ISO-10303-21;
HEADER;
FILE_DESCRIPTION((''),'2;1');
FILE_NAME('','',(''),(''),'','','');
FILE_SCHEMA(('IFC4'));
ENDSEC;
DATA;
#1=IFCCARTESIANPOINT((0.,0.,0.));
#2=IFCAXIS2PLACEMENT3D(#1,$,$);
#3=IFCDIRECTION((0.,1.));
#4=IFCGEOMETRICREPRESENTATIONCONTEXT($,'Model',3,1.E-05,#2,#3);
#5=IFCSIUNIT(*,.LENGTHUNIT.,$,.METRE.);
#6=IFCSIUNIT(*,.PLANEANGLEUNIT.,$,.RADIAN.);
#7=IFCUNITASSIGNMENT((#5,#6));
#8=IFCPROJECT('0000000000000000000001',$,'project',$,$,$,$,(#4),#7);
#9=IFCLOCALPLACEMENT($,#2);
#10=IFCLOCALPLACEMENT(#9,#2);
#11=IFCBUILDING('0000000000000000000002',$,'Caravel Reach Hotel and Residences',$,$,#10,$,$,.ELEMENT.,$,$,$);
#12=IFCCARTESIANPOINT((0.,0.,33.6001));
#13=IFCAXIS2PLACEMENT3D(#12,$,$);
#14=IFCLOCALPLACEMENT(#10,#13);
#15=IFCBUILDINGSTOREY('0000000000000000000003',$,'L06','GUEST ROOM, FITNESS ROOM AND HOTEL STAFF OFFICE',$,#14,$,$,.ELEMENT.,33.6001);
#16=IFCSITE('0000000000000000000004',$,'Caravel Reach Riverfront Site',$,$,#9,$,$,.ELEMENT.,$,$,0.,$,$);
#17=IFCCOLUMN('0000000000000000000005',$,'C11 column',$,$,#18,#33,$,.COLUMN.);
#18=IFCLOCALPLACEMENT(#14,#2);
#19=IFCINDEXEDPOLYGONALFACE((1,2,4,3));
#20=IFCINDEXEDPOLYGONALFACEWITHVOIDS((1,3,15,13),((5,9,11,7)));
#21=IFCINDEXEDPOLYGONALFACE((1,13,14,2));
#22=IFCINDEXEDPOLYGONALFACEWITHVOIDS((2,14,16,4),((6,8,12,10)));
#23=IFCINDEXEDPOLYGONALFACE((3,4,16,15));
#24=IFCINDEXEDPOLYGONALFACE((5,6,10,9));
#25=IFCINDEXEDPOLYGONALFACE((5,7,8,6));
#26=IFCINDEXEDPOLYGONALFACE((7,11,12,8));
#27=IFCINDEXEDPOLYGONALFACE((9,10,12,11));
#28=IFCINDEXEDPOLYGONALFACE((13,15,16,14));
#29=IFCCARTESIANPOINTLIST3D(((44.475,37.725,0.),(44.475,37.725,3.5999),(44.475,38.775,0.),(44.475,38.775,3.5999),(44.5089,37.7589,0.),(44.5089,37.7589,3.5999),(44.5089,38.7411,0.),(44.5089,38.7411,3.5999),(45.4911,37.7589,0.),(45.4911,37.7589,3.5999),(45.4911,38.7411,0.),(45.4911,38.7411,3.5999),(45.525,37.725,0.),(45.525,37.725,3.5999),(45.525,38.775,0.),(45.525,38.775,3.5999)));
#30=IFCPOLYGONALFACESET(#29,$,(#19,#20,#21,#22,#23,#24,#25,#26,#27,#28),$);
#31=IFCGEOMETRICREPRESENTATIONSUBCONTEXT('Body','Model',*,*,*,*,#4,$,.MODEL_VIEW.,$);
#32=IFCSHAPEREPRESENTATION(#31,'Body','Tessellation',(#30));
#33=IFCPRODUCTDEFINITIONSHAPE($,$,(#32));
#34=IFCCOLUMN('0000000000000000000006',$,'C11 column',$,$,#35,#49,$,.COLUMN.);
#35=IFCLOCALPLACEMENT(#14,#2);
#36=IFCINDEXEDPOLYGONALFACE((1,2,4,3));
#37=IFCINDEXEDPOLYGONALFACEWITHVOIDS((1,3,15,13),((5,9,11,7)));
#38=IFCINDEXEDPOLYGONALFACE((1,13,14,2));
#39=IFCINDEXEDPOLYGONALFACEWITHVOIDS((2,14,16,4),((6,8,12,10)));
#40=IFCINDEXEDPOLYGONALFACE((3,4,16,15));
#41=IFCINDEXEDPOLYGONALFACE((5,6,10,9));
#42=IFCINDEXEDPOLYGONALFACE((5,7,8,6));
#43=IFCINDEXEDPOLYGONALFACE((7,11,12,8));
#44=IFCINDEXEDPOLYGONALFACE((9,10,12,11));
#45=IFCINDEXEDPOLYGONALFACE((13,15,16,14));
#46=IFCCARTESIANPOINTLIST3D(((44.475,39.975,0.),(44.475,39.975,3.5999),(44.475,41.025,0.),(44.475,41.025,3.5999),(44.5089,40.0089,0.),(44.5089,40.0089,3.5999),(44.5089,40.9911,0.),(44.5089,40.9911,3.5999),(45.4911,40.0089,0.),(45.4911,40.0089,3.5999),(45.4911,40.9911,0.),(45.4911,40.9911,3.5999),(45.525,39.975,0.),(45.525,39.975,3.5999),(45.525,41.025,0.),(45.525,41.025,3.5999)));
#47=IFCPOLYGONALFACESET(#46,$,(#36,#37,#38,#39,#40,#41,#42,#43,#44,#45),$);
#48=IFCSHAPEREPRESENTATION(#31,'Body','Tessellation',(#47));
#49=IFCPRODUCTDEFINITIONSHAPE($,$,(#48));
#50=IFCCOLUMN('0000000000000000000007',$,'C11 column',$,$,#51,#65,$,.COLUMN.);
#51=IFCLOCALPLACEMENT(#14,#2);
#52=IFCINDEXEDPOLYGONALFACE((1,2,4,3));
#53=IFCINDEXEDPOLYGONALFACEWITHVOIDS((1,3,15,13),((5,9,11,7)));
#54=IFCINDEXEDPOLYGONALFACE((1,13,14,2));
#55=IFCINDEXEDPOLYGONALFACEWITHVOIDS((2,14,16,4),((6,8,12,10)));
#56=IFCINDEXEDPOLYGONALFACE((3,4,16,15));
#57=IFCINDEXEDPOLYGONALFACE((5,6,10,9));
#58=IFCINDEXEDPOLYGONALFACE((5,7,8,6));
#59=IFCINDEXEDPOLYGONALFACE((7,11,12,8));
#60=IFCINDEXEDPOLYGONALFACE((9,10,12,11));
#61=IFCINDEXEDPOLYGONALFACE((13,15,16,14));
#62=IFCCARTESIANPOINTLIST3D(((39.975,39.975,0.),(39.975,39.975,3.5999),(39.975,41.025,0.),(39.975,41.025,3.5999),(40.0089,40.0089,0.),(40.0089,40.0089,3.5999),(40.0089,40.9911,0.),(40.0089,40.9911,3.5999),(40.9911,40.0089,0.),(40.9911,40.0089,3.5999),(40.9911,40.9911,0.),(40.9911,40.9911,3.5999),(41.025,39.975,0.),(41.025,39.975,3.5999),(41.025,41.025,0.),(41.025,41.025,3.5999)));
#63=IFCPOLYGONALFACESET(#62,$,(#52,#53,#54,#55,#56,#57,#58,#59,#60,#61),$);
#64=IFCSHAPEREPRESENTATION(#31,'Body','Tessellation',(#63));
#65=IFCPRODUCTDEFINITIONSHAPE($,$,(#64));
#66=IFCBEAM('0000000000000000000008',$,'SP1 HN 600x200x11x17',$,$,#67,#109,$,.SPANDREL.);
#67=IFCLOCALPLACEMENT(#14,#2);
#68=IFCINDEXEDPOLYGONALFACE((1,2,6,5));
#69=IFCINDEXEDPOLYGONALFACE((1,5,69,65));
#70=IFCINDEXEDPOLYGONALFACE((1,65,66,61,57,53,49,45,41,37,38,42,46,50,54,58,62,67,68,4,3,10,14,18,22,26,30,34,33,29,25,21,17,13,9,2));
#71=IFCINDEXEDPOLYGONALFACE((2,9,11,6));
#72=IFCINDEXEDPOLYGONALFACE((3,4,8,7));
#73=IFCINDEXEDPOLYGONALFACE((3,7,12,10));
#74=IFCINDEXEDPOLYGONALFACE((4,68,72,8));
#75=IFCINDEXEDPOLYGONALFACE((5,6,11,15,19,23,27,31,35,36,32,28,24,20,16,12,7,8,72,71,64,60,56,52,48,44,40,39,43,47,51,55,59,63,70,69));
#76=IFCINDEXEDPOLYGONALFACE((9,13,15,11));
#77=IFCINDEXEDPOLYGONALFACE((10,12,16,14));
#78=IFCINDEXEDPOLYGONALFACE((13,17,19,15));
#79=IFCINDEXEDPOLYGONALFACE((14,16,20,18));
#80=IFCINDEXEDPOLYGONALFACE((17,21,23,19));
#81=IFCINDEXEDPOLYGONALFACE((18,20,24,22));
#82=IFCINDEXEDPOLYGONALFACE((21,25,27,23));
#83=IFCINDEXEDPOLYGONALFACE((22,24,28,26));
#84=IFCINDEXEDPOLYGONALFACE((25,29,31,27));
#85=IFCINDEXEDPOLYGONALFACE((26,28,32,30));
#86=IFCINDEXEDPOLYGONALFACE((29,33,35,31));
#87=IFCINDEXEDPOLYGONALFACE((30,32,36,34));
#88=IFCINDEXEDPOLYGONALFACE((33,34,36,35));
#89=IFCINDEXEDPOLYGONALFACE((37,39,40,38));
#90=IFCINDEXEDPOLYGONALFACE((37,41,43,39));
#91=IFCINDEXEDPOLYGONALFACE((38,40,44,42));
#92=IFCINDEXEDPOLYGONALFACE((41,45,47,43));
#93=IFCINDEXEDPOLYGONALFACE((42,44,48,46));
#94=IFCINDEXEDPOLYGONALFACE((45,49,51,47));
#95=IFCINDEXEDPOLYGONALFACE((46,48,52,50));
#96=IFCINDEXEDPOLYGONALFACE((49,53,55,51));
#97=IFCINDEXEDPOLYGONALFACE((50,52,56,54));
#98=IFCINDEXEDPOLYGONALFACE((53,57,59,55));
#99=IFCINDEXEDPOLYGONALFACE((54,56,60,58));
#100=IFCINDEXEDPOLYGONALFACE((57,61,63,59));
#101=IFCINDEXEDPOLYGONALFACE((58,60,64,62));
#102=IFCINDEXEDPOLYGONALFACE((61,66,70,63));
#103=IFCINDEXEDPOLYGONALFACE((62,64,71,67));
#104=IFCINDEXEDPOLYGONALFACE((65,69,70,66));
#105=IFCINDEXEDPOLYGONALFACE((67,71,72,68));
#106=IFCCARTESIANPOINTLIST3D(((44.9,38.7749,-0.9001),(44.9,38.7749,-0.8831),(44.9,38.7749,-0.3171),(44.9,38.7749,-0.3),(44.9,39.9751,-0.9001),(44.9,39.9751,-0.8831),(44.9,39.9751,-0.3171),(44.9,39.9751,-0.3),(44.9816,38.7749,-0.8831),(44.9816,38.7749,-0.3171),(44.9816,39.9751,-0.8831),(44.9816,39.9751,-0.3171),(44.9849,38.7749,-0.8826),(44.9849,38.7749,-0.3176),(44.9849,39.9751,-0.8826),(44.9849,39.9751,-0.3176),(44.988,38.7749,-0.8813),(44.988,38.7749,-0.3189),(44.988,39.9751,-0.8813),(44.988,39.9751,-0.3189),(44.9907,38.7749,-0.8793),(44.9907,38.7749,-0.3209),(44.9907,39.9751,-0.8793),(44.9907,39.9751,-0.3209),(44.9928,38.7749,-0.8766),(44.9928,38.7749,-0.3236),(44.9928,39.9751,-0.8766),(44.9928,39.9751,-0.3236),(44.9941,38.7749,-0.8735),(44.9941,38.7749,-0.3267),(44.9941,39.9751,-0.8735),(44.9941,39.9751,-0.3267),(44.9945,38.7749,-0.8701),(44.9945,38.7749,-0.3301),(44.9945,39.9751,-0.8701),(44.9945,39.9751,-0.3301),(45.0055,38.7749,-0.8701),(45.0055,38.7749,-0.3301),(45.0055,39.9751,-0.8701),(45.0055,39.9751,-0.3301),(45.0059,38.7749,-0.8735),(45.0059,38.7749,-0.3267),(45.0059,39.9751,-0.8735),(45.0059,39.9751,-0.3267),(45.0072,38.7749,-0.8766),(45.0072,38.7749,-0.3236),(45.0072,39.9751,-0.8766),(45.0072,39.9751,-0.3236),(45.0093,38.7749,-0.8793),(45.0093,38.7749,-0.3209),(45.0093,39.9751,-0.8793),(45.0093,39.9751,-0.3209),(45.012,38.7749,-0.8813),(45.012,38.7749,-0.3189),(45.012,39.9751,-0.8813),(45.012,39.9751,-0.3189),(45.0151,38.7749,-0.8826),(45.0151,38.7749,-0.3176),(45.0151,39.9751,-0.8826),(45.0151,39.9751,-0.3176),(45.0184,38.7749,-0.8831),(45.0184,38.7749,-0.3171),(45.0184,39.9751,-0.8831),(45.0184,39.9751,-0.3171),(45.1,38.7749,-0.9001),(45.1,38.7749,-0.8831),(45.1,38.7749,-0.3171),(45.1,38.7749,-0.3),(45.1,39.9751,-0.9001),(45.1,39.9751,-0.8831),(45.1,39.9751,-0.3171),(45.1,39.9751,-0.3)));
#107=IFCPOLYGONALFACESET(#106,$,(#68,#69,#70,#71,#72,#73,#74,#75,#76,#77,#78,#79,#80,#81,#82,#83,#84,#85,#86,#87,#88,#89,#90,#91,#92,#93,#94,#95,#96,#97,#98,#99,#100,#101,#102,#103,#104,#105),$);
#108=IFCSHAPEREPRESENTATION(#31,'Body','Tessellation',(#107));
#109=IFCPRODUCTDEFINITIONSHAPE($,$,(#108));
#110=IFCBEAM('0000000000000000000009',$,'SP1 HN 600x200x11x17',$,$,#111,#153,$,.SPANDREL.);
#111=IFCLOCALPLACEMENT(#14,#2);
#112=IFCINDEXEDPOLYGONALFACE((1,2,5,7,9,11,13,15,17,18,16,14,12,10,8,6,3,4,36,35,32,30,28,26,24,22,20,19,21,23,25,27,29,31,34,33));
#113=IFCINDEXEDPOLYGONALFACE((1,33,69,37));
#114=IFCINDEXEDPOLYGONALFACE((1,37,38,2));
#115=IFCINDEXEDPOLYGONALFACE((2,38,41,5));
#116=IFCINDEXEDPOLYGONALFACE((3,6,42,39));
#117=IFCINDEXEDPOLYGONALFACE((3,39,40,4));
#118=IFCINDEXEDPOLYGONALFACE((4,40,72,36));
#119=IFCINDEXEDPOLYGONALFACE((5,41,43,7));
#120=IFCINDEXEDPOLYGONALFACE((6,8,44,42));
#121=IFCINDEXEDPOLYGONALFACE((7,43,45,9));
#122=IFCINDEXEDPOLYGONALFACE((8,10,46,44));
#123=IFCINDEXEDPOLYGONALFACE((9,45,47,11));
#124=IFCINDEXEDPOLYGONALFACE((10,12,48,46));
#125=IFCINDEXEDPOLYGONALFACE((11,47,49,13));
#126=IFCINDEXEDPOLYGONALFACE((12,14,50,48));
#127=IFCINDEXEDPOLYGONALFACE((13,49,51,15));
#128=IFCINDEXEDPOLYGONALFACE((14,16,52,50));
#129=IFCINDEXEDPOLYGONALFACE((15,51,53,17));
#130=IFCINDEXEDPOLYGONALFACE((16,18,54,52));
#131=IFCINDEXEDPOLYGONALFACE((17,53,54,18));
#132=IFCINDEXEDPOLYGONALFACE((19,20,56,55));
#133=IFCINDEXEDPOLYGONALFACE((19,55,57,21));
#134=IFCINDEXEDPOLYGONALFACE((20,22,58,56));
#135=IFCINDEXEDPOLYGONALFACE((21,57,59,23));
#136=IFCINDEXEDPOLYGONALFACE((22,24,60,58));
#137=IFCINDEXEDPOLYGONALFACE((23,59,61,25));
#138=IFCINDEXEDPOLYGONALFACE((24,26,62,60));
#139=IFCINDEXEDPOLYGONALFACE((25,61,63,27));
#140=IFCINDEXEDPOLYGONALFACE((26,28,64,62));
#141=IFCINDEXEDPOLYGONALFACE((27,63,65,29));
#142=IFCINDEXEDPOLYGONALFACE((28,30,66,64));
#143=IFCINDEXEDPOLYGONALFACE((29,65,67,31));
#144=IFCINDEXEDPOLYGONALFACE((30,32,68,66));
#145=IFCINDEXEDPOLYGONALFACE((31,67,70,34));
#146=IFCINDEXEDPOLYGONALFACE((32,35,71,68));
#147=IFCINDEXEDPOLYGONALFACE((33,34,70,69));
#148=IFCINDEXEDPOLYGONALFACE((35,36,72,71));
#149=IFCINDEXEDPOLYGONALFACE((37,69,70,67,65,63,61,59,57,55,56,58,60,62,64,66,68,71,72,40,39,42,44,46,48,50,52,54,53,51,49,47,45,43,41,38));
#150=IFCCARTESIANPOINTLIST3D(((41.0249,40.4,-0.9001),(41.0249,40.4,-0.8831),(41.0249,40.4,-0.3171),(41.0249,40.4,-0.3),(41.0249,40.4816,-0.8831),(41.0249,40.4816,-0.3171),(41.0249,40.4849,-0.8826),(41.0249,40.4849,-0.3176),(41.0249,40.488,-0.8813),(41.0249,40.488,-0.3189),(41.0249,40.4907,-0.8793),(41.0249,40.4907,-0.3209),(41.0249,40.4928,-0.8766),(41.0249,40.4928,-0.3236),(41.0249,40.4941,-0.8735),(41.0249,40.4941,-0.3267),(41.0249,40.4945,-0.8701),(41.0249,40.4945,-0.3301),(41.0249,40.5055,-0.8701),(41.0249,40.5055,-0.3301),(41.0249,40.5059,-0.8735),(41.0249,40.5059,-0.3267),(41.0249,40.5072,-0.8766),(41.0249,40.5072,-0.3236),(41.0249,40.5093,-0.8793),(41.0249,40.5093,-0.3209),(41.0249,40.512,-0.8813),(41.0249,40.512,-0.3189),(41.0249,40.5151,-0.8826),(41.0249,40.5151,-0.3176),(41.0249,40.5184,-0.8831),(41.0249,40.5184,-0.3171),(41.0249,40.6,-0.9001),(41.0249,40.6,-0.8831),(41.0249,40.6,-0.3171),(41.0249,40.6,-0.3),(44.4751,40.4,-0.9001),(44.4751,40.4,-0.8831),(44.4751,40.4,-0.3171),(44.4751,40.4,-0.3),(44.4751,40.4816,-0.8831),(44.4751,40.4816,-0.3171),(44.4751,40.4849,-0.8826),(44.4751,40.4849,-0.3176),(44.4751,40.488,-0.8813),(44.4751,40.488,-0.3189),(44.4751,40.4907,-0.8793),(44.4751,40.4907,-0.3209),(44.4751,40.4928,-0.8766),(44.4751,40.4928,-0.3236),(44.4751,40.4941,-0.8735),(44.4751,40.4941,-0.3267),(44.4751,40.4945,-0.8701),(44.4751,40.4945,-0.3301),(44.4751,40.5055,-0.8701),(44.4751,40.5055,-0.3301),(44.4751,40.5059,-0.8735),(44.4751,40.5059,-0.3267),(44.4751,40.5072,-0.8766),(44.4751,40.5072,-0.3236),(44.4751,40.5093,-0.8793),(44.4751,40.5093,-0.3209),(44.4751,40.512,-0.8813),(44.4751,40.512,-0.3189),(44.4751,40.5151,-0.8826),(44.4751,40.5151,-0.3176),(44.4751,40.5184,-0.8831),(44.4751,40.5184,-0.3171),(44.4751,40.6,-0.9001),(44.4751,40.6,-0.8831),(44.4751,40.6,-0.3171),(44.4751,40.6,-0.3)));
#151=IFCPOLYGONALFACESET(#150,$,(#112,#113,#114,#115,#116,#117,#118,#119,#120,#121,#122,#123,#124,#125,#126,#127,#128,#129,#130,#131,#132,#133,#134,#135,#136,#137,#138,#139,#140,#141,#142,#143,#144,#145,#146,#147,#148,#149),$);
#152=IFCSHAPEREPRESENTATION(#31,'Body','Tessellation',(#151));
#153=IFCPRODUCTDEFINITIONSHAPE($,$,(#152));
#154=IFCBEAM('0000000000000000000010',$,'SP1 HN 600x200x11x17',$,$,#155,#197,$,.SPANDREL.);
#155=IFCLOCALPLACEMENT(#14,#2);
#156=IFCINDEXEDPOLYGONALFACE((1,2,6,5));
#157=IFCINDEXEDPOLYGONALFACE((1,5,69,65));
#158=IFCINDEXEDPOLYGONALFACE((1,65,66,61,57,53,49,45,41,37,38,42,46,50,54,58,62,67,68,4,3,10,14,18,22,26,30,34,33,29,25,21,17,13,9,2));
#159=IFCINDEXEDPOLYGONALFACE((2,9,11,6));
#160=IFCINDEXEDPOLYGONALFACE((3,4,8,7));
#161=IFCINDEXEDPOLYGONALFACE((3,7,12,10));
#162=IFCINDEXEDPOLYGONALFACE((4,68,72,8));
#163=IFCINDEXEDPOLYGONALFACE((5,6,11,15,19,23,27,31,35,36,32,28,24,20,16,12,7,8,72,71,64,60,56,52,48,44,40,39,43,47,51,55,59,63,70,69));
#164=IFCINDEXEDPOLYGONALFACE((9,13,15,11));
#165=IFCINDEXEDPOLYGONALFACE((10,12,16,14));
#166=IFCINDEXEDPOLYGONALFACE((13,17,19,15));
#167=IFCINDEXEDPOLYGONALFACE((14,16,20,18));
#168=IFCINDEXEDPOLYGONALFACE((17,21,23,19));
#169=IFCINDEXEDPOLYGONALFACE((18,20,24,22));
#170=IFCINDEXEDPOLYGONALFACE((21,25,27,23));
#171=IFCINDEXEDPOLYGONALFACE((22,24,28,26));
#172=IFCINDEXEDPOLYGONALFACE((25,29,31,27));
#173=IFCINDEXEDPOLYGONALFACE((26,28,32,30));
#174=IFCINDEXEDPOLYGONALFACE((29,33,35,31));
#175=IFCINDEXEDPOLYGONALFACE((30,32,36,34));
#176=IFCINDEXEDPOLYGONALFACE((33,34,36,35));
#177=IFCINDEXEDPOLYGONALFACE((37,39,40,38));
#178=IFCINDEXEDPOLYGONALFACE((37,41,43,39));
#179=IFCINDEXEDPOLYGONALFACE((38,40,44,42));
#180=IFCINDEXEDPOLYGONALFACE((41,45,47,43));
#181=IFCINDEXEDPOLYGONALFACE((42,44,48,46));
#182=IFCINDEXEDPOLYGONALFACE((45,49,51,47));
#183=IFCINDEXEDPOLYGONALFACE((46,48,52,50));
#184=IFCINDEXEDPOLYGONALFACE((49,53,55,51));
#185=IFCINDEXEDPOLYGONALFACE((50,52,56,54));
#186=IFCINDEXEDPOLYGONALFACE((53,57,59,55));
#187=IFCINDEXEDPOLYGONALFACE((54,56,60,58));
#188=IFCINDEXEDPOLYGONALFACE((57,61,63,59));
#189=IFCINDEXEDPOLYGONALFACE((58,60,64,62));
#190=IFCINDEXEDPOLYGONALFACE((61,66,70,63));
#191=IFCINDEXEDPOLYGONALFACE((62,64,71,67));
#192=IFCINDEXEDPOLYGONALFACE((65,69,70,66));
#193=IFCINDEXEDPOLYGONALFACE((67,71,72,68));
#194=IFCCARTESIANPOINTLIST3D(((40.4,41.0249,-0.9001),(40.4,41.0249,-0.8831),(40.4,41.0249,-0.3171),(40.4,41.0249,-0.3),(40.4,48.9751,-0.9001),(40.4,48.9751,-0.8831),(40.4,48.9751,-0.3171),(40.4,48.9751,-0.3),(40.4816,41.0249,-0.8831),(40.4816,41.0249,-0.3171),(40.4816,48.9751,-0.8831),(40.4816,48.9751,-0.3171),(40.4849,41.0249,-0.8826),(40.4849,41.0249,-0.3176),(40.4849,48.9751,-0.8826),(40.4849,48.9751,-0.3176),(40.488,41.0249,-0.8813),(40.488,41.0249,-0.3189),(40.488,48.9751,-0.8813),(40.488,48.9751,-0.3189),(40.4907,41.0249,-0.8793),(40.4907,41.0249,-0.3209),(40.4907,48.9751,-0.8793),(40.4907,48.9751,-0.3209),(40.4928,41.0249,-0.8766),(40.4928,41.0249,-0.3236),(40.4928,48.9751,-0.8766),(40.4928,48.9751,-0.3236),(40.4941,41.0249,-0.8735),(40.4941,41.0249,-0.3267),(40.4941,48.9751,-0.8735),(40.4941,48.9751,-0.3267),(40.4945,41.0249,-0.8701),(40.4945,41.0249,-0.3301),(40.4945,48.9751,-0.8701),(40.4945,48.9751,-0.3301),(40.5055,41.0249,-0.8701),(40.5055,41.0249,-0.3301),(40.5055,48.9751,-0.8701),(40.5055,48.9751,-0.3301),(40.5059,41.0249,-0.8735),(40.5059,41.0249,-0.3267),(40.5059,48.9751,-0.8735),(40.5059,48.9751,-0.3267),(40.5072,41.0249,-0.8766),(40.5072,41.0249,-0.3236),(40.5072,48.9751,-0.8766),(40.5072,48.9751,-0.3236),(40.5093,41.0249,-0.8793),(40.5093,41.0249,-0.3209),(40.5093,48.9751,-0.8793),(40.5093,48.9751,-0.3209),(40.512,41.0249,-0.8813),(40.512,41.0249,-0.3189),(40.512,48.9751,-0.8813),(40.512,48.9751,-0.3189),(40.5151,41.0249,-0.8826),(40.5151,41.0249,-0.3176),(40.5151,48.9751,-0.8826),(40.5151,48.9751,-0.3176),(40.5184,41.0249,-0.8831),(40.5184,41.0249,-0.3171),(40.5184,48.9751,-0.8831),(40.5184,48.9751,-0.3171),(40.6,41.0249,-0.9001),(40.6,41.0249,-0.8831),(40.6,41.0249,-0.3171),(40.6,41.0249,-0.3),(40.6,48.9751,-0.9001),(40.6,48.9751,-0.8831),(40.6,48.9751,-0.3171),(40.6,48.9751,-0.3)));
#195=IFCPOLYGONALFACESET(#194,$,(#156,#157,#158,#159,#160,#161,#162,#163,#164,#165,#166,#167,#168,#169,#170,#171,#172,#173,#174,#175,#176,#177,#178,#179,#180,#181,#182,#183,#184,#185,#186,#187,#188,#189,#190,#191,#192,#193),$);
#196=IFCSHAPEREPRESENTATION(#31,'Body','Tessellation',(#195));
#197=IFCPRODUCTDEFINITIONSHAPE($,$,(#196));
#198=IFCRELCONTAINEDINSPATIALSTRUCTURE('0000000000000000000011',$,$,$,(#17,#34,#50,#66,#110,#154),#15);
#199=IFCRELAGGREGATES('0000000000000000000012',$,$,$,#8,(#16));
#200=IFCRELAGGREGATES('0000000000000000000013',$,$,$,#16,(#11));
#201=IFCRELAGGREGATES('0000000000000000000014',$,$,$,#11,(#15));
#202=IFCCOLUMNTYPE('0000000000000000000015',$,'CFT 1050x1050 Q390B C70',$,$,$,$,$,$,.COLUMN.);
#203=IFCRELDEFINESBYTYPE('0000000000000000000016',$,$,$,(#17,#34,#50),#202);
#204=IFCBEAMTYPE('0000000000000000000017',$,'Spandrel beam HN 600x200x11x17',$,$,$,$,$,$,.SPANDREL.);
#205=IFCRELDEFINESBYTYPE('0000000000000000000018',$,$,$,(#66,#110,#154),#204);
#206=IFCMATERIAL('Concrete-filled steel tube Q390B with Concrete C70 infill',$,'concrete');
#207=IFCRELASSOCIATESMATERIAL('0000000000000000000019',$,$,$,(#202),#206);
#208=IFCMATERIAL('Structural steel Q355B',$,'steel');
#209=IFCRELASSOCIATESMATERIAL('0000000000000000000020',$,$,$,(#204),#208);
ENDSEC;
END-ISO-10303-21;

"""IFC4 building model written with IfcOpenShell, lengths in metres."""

from ifc_helpers import new_model, si_unit, direction, frame, origin, origin_2d, place, context, subcontext, project, spatial, hollow_rectangle, i_section, extrude, material, material_profile, profile_set, type_object, element, save


model = new_model("IFC4")

# Units and contexts
model_context = context("Model", 3, precision=1e-05, world=origin(), true_north=direction((0.0, 1.0)))
body_context = subcontext(model_context, "Body", "Model", "MODEL_VIEW")
ifc_project = project(units=[si_unit("LENGTHUNIT", "METRE"), si_unit("PLANEANGLEUNIT", "RADIAN")], contexts=[model_context])

# Site, building, storey
site_placement = place(None, origin())
site = spatial("IfcSite", under=ifc_project, at=site_placement, Name="Caravel Reach Riverfront Site", CompositionType="ELEMENT", RefElevation=0.0)
building_placement = place(site_placement, origin())
building = spatial("IfcBuilding", under=site, at=building_placement, Name="Caravel Reach Hotel and Residences", CompositionType="ELEMENT")
storey_placement = place(building_placement, frame((0.0, 0.0, 33.6001)))
storey = spatial("IfcBuildingStorey", under=building, at=storey_placement, Name="L06", Description="GUEST ROOM, FITNESS ROOM AND HOTEL STAFF OFFICE", CompositionType="ELEMENT", Elevation=33.6001)

# Columns
ifc_material_1 = material(Name="Concrete-filled steel tube Q390B with Concrete C70 infill", Category="concrete")
ifc_material_profile_1 = material_profile(ifc_material_1, hollow_rectangle(XDim=1.05, YDim=1.05, WallThickness=0.0339, at=origin_2d()), Name="RHS 1050x1050x34")
ifc_profile_set_1 = profile_set([ifc_material_profile_1], Name="Concrete-filled steel tube Q390B with Concrete C70 infill")
column_type = type_object("IfcColumnType", Name="CFT 1050x1050 Q390B C70", PredefinedType="COLUMN", material=ifc_profile_set_1)
for number, where, z_axis, x_axis, name in (
    (1, (45.0, 38.25, 0.0), (0.0, 0.0, 1.0), (1.0, 0.0, 0.0), "C11 column"),
    (2, (45.0, 40.5, 0.0), (0.0, 0.0, 1.0), (1.0, 0.0, 0.0), "C11 column"),
    (3, (40.5, 40.5, 0.0), (0.0, 0.0, 1.0), (1.0, 0.0, 0.0), "C11 column"),
):
    element("IfcColumn", number, at=place(storey_placement, frame(where, z_axis=z_axis, x_axis=x_axis)), inside=storey, type_object=column_type, Name=name, PredefinedType="COLUMN", context=body_context, shape_type="SweptSolid", body=[
        extrude(hollow_rectangle(XDim=1.05, YDim=1.05, WallThickness=0.0339, at=origin_2d()), origin(), (0.0, 0.0, 1.0), 3.5999),
    ])

# Beams
ifc_material_2 = material(Name="Structural steel Q355B", Category="steel")
ifc_material_profile_2 = material_profile(ifc_material_2, i_section(OverallWidth=0.2, OverallDepth=0.6001, WebThickness=0.011, FlangeThickness=0.0171, FilletRadius=0.0129, at=origin_2d()), Name="HN 600x200x11x17")
ifc_profile_set_2 = profile_set([ifc_material_profile_2], Name="Structural steel Q355B")
beam_type = type_object("IfcBeamType", Name="Spandrel beam HN 600x200x11x17", PredefinedType="SPANDREL", material=ifc_profile_set_2)
beam_1_placement = place(storey_placement, frame((45.0, 38.7749, -0.6001), z_axis=(0.0, 1.0, 0.0), x_axis=(-1.0, 0.0, 0.0)))
element("IfcBeam", 4, at=beam_1_placement, inside=storey, type_object=beam_type, Name="SP1 HN 600x200x11x17", PredefinedType="SPANDREL", context=body_context, shape_type="SweptSolid", body=[
    extrude(i_section(OverallWidth=0.2, OverallDepth=0.6001, WebThickness=0.011, FlangeThickness=0.0171, FilletRadius=0.0129, at=origin_2d()), origin(), (0.0, 0.0, 1.0), 1.2002),
])
beam_2_placement = place(storey_placement, frame((44.4751, 40.5, -0.6001), z_axis=(-1.0, 0.0, 0.0), x_axis=(0.0, -1.0, 0.0)))
element("IfcBeam", 5, at=beam_2_placement, inside=storey, type_object=beam_type, Name="SP1 HN 600x200x11x17", PredefinedType="SPANDREL", context=body_context, shape_type="SweptSolid", body=[
    extrude(i_section(OverallWidth=0.2, OverallDepth=0.6001, WebThickness=0.011, FlangeThickness=0.0171, FilletRadius=0.0129, at=origin_2d()), origin(), (0.0, 0.0, 1.0), 3.4502),
])
beam_3_placement = place(storey_placement, frame((40.5, 41.0249, -0.6001), z_axis=(0.0, 1.0, 0.0), x_axis=(-1.0, 0.0, 0.0)))
element("IfcBeam", 6, at=beam_3_placement, inside=storey, type_object=beam_type, Name="SP1 HN 600x200x11x17", PredefinedType="SPANDREL", context=body_context, shape_type="SweptSolid", body=[
    extrude(i_section(OverallWidth=0.2, OverallDepth=0.6001, WebThickness=0.011, FlangeThickness=0.0171, FilletRadius=0.0129, at=origin_2d()), origin(), (0.0, 0.0, 1.0), 7.9502),
])

save(model, "model.ifc")
